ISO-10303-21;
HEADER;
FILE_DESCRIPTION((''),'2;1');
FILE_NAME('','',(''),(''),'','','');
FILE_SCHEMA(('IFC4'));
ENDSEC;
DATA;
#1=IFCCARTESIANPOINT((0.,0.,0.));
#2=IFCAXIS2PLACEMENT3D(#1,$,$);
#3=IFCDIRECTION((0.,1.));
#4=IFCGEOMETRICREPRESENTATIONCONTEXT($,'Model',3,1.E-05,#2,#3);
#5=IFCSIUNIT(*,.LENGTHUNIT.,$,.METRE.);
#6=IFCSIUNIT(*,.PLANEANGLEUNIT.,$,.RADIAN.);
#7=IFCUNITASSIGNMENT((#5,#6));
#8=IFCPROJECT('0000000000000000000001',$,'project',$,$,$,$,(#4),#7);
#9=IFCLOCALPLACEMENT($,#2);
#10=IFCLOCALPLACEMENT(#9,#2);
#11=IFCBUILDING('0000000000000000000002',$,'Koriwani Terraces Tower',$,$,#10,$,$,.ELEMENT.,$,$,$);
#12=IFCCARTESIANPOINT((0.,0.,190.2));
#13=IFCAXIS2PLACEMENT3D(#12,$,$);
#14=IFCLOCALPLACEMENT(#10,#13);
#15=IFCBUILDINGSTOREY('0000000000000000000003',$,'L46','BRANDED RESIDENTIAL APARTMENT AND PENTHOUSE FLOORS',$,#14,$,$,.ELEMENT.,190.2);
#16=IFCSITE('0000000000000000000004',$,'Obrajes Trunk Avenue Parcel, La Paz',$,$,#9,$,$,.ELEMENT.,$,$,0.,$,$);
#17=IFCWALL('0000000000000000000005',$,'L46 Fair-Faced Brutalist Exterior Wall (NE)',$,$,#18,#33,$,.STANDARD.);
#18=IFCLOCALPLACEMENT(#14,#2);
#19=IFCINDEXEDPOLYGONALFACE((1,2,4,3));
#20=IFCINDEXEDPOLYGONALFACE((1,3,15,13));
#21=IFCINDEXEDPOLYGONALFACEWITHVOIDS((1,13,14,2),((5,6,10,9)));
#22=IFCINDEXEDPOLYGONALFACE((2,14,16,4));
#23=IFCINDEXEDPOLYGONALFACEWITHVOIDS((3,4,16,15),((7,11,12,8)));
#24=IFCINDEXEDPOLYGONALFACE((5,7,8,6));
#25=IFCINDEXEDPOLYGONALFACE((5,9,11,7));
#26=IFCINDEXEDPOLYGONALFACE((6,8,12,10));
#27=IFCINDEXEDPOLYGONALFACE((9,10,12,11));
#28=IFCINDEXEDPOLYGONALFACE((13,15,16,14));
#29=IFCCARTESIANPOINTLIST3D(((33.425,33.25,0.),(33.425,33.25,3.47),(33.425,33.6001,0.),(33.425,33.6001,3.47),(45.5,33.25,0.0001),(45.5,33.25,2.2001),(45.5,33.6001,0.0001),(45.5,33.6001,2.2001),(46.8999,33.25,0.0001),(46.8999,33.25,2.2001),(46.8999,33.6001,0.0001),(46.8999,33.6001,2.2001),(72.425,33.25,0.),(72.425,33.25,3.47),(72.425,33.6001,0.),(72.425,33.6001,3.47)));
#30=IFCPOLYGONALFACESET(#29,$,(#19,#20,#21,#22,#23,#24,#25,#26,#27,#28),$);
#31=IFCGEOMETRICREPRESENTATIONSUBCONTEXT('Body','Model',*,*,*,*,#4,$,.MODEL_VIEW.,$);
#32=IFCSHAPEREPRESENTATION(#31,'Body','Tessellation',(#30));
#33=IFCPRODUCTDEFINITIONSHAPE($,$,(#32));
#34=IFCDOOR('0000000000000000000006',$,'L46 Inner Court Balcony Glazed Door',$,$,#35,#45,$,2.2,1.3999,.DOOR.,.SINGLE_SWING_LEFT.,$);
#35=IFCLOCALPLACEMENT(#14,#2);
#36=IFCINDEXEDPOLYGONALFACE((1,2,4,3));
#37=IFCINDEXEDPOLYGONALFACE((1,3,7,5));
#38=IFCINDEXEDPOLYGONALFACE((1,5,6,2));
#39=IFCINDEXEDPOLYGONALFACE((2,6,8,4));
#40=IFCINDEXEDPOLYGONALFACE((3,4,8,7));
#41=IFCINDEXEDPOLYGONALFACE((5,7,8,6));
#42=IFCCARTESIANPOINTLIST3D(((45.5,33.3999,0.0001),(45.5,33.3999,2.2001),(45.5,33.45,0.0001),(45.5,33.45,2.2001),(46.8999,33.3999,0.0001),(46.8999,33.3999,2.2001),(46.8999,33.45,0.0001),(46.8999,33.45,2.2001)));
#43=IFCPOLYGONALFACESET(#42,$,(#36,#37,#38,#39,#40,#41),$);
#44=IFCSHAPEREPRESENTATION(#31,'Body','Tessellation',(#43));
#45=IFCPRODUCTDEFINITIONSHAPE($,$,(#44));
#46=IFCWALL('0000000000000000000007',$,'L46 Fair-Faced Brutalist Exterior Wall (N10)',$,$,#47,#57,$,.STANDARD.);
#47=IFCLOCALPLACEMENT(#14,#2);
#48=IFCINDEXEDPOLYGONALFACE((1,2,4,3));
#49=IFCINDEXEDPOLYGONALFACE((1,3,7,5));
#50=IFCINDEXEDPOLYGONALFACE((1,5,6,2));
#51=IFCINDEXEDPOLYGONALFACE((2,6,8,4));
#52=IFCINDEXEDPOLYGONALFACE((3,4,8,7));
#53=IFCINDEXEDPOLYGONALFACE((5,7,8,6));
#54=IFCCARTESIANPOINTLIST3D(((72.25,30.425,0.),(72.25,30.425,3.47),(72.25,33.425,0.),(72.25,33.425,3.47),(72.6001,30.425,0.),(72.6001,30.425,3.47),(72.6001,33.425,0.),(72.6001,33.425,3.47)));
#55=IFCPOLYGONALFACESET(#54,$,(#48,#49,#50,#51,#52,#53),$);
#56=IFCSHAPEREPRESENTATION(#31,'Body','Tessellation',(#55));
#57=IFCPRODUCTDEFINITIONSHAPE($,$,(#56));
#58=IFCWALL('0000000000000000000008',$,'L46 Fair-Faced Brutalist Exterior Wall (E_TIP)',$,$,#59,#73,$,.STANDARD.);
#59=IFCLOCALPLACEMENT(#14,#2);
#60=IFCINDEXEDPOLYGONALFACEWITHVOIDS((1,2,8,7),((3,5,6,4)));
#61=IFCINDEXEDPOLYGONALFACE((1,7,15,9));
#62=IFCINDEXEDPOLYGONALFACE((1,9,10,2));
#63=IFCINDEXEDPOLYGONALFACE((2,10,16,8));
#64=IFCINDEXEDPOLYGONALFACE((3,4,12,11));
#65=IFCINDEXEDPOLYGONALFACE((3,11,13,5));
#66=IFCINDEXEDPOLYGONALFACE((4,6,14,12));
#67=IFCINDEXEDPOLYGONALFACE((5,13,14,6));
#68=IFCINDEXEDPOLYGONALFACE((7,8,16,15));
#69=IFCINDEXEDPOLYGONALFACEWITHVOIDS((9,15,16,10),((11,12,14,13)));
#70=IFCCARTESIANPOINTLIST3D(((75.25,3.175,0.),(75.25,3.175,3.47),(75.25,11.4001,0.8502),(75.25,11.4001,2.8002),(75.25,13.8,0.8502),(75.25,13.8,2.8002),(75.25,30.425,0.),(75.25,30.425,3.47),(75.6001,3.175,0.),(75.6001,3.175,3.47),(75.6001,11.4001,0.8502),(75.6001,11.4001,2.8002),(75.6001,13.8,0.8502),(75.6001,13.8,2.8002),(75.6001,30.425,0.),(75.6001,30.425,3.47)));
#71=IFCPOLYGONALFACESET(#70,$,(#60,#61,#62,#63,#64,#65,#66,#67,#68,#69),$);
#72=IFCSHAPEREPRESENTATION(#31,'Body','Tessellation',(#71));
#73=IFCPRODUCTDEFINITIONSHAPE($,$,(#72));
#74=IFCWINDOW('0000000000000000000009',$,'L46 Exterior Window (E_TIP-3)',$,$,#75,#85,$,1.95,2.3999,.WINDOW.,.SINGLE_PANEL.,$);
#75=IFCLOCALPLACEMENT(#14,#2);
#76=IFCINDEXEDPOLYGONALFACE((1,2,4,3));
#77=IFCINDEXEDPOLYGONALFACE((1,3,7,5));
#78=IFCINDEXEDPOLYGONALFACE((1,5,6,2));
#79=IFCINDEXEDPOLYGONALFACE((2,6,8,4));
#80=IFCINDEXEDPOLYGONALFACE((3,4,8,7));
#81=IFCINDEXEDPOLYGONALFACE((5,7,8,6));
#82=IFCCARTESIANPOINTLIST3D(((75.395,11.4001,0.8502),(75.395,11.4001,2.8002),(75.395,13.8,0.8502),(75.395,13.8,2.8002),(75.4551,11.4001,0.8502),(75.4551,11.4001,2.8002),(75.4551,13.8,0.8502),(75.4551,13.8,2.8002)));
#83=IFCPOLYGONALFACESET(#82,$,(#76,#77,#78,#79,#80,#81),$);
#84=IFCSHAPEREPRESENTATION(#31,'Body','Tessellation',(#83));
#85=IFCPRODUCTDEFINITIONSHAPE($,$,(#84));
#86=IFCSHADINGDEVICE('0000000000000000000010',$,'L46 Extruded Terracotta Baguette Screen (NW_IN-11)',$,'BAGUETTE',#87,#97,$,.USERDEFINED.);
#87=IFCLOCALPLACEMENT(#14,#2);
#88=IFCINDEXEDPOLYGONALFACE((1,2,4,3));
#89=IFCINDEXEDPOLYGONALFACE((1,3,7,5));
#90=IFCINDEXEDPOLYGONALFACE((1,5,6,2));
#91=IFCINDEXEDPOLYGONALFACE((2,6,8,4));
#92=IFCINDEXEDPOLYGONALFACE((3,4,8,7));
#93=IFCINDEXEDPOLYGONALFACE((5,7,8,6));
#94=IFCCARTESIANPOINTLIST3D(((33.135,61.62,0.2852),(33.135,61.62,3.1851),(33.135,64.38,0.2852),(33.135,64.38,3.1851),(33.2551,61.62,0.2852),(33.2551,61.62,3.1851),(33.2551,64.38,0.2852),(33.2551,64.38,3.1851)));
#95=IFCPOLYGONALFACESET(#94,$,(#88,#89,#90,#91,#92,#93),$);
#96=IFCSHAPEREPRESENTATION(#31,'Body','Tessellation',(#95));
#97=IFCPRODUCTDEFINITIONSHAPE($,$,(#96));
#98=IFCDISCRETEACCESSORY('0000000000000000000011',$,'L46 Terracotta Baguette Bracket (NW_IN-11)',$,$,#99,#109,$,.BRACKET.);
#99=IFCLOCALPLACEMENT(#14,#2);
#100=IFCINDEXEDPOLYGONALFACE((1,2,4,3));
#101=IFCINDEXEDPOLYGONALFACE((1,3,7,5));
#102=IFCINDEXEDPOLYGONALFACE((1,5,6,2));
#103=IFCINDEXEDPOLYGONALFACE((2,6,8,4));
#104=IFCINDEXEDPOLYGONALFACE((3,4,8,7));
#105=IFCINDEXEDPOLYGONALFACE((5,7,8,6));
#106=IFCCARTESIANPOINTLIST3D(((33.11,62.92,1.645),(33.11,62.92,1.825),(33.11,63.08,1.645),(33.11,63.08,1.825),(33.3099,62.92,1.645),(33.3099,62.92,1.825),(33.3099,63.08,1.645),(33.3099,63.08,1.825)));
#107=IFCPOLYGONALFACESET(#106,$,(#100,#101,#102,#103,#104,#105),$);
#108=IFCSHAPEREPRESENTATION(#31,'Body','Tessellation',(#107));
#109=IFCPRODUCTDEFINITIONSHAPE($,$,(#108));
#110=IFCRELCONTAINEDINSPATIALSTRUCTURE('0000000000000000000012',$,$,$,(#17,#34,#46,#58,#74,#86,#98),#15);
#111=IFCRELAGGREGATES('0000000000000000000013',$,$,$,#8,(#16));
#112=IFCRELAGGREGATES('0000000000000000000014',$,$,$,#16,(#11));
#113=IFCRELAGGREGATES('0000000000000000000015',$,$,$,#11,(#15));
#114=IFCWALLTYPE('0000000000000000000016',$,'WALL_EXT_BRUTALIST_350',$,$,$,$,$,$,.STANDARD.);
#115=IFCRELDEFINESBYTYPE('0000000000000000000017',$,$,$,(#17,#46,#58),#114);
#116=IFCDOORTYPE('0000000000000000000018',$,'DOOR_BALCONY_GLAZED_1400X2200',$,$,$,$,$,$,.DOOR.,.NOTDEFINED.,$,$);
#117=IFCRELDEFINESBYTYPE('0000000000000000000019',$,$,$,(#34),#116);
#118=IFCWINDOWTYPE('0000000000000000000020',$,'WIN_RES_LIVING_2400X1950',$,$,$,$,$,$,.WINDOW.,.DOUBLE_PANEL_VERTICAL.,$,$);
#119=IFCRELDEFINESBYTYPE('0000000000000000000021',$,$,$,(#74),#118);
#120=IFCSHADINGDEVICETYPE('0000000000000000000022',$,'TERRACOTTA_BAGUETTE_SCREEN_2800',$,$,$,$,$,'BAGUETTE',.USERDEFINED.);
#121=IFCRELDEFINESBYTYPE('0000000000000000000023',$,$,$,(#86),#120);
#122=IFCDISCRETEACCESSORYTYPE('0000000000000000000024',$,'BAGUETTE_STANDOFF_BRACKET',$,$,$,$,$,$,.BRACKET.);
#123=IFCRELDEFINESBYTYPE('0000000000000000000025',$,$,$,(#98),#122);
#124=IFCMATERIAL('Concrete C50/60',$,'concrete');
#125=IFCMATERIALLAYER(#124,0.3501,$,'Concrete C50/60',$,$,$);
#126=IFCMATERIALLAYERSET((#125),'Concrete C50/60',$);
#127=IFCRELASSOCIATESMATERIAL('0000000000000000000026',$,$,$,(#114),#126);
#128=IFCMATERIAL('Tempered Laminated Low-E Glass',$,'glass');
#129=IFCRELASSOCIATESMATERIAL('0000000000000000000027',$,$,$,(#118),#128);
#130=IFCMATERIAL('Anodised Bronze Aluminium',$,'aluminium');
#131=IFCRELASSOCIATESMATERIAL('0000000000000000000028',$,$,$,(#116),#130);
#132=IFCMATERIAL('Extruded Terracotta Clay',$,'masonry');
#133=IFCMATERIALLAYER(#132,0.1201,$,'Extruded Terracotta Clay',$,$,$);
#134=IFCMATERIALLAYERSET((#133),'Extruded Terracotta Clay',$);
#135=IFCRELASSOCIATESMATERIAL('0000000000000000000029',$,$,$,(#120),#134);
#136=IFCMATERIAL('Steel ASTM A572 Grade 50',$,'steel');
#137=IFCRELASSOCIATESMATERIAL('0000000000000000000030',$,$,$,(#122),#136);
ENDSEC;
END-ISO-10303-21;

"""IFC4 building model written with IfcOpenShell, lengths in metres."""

from ifc_helpers import new_model, si_unit, direction, frame, frame_2d, origin, origin_2d, place, context, subcontext, project, spatial, rectangle, extrude, material, layer, layer_set, type_object, element, fill, save


model = new_model("IFC4")

# Units and contexts
model_context = context("Model", 3, precision=1e-05, world=origin(), true_north=direction((0.0, 1.0)))
body_context = subcontext(model_context, "Body", "Model", "MODEL_VIEW")
ifc_project = project(units=[si_unit("LENGTHUNIT", "METRE"), si_unit("PLANEANGLEUNIT", "RADIAN")], contexts=[model_context])

# Site, building, storey
site_placement = place(None, origin())
site = spatial("IfcSite", under=ifc_project, at=site_placement, Name="Obrajes Trunk Avenue Parcel, La Paz", CompositionType="ELEMENT", RefElevation=0.0)
building_placement = place(site_placement, origin())
building = spatial("IfcBuilding", under=site, at=building_placement, Name="Koriwani Terraces Tower", CompositionType="ELEMENT")
storey_placement = place(building_placement, frame((0.0, 0.0, 190.2)))
storey = spatial("IfcBuildingStorey", under=building, at=storey_placement, Name="L46", Description="BRANDED RESIDENTIAL APARTMENT AND PENTHOUSE FLOORS", CompositionType="ELEMENT", Elevation=190.2)

# Shared definitions
ifc_material_1 = material(Name="Concrete C50/60", Category="concrete")

# Shared definitions
ifc_material_2 = material(Name="Anodised Bronze Aluminium", Category="aluminium")
ifc_material_3 = material(Name="Tempered Laminated Low-E Glass", Category="glass")

# Shared definitions
ifc_layer_1 = layer(ifc_material_1, 0.3501, Name="Concrete C50/60")
ifc_layer_set_1 = layer_set([ifc_layer_1], Name="Concrete C50/60")
wall_type = type_object("IfcWallType", Name="WALL_EXT_BRUTALIST_350", PredefinedType="STANDARD", material=ifc_layer_set_1)

# Shared definitions
window_type_1 = type_object("IfcWindowType", Name="WIN_RES_LIVING_2400X1950", PartitioningType="DOUBLE_PANEL_VERTICAL", PredefinedType="WINDOW", material=ifc_material_3)

# Wall, opening, door
wall_1_placement = place(storey_placement, frame((33.425, 33.425, 0.0), z_axis=(0.0, 0.0, 1.0), x_axis=(1.0, 0.0, 0.0)))
wall_1 = element("IfcWall", 1, at=wall_1_placement, inside=storey, type_object=wall_type, Name="L46 Fair-Faced Brutalist Exterior Wall (NE)", PredefinedType="STANDARD", context=body_context, shape_type="SweptSolid", body=[
    extrude(rectangle(XDim=39.0, YDim=0.3501, at=frame_2d((19.5, 0.0))), origin(), (0.0, 0.0, 1.0), 3.47),
])
opening_1_placement = place(wall_1_placement, frame((12.075, 0.0, 0.0)))
opening_1 = element("IfcOpeningElement", 2, at=opening_1_placement, cuts=wall_1, PredefinedType="OPENING", context=body_context, shape_type="SweptSolid", body=[
    extrude(rectangle(XDim=1.3999, YDim=2.2, at=frame_2d((0.7, 1.1001))), frame((0.0, 0.1851, 0.0), z_axis=(0.0, -1.0, 0.0), x_axis=(1.0, 0.0, 0.0)), (0.0, 0.0, 1.0), 0.3701),
])
door_type = type_object("IfcDoorType", Name="DOOR_BALCONY_GLAZED_1400X2200", OperationType="NOTDEFINED", PredefinedType="DOOR", material=ifc_material_2)
door_placement = place(opening_1_placement, origin())
door = element("IfcDoor", 3, at=door_placement, inside=storey, type_object=door_type, Name="L46 Inner Court Balcony Glazed Door", OperationType="SINGLE_SWING_LEFT", OverallHeight=2.2, OverallWidth=1.3999, PredefinedType="DOOR", context=body_context, shape_type="SweptSolid", body=[
    extrude(rectangle(XDim=1.3999, YDim=2.2, at=frame_2d((0.7, 1.1001))), frame((0.0, 0.0249, 0.0), z_axis=(0.0, -1.0, 0.0), x_axis=(1.0, 0.0, 0.0)), (0.0, 0.0, 1.0), 0.05),
])
fill(opening_1, door)

# Wall
wall_2_placement = place(storey_placement, frame((72.425, 33.425, 0.0), z_axis=(0.0, 0.0, 1.0), x_axis=(0.0, -1.0, 0.0)))
element("IfcWall", 4, at=wall_2_placement, inside=storey, type_object=wall_type, Name="L46 Fair-Faced Brutalist Exterior Wall (N10)", PredefinedType="STANDARD", context=body_context, shape_type="SweptSolid", body=[
    extrude(rectangle(XDim=3.0, YDim=0.3501, at=frame_2d((1.5, 0.0))), origin(), (0.0, 0.0, 1.0), 3.47),
])

# Wall, opening, window
wall_3_placement = place(storey_placement, frame((75.425, 30.425, 0.0), z_axis=(0.0, 0.0, 1.0), x_axis=(0.0, -1.0, 0.0)))
wall_3 = element("IfcWall", 5, at=wall_3_placement, inside=storey, type_object=wall_type, Name="L46 Fair-Faced Brutalist Exterior Wall (E_TIP)", PredefinedType="STANDARD", context=body_context, shape_type="SweptSolid", body=[
    extrude(rectangle(XDim=27.25, YDim=0.3501, at=frame_2d((13.625, 0.0))), origin(), (0.0, 0.0, 1.0), 3.47),
])
opening_2_placement = place(wall_3_placement, frame((16.625, 0.0, 0.8501)))
opening_2 = element("IfcOpeningElement", 6, at=opening_2_placement, cuts=wall_3, PredefinedType="OPENING", context=body_context, shape_type="SweptSolid", body=[
    extrude(rectangle(XDim=2.3999, YDim=1.95, at=frame_2d((1.2, 0.9751))), frame((0.0, 0.1851, 0.0), z_axis=(0.0, -1.0, 0.0), x_axis=(1.0, 0.0, 0.0)), (0.0, 0.0, 1.0), 0.3701),
])
window_1_placement = place(opening_2_placement, origin())
window_1 = element("IfcWindow", 7, at=window_1_placement, inside=storey, type_object=window_type_1, Name="L46 Exterior Window (E_TIP-3)", OverallHeight=1.95, OverallWidth=2.3999, PartitioningType="SINGLE_PANEL", PredefinedType="WINDOW", context=body_context, shape_type="SweptSolid", body=[
    extrude(rectangle(XDim=2.3999, YDim=1.95, at=frame_2d((1.2, 0.9751))), frame((0.0, 0.03, 0.0), z_axis=(0.0, -1.0, 0.0), x_axis=(1.0, 0.0, 0.0)), (0.0, 0.0, 1.0), 0.0601),
])
fill(opening_2, window_1)

# Shared definitions
ifc_material_4 = material(Name="Steel ASTM A572 Grade 50", Category="steel")

# Shading device
ifc_material_5 = material(Name="Extruded Terracotta Clay", Category="masonry")
ifc_layer_2 = layer(ifc_material_5, 0.1201, Name="Extruded Terracotta Clay")
ifc_layer_set_2 = layer_set([ifc_layer_2], Name="Extruded Terracotta Clay")
shading_device_type = type_object("IfcShadingDeviceType", Name="TERRACOTTA_BAGUETTE_SCREEN_2800", ElementType="BAGUETTE", PredefinedType="USERDEFINED", material=ifc_layer_set_2)
shading_device_placement = place(storey_placement, frame((33.1951, 63.0, 0.2852), z_axis=(0.0, 0.0, 1.0), x_axis=(0.0, -1.0, 0.0)))
element("IfcShadingDevice", 8, at=shading_device_placement, inside=storey, type_object=shading_device_type, Name="L46 Extruded Terracotta Baguette Screen (NW_IN-11)", ObjectType="BAGUETTE", PredefinedType="USERDEFINED", context=body_context, shape_type="SweptSolid", body=[
    extrude(rectangle(XDim=2.76, YDim=0.1201, at=origin_2d()), origin(), (0.0, 0.0, 1.0), 2.8999),
])

# Discrete accessory
discrete_accessory_type = type_object("IfcDiscreteAccessoryType", Name="BAGUETTE_STANDOFF_BRACKET", PredefinedType="BRACKET", material=ifc_material_4)
discrete_accessory_placement = place(storey_placement, frame((33.21, 63.0, 1.645), z_axis=(0.0, 0.0, 1.0), x_axis=(0.0, -1.0, 0.0)))
element("IfcDiscreteAccessory", 9, at=discrete_accessory_placement, inside=storey, type_object=discrete_accessory_type, Name="L46 Terracotta Baguette Bracket (NW_IN-11)", PredefinedType="BRACKET", context=body_context, shape_type="SweptSolid", body=[
    extrude(rectangle(XDim=0.1599, YDim=0.2, at=origin_2d()), origin(), (0.0, 0.0, 1.0), 0.1799),
])

save(model, "model.ifc")
